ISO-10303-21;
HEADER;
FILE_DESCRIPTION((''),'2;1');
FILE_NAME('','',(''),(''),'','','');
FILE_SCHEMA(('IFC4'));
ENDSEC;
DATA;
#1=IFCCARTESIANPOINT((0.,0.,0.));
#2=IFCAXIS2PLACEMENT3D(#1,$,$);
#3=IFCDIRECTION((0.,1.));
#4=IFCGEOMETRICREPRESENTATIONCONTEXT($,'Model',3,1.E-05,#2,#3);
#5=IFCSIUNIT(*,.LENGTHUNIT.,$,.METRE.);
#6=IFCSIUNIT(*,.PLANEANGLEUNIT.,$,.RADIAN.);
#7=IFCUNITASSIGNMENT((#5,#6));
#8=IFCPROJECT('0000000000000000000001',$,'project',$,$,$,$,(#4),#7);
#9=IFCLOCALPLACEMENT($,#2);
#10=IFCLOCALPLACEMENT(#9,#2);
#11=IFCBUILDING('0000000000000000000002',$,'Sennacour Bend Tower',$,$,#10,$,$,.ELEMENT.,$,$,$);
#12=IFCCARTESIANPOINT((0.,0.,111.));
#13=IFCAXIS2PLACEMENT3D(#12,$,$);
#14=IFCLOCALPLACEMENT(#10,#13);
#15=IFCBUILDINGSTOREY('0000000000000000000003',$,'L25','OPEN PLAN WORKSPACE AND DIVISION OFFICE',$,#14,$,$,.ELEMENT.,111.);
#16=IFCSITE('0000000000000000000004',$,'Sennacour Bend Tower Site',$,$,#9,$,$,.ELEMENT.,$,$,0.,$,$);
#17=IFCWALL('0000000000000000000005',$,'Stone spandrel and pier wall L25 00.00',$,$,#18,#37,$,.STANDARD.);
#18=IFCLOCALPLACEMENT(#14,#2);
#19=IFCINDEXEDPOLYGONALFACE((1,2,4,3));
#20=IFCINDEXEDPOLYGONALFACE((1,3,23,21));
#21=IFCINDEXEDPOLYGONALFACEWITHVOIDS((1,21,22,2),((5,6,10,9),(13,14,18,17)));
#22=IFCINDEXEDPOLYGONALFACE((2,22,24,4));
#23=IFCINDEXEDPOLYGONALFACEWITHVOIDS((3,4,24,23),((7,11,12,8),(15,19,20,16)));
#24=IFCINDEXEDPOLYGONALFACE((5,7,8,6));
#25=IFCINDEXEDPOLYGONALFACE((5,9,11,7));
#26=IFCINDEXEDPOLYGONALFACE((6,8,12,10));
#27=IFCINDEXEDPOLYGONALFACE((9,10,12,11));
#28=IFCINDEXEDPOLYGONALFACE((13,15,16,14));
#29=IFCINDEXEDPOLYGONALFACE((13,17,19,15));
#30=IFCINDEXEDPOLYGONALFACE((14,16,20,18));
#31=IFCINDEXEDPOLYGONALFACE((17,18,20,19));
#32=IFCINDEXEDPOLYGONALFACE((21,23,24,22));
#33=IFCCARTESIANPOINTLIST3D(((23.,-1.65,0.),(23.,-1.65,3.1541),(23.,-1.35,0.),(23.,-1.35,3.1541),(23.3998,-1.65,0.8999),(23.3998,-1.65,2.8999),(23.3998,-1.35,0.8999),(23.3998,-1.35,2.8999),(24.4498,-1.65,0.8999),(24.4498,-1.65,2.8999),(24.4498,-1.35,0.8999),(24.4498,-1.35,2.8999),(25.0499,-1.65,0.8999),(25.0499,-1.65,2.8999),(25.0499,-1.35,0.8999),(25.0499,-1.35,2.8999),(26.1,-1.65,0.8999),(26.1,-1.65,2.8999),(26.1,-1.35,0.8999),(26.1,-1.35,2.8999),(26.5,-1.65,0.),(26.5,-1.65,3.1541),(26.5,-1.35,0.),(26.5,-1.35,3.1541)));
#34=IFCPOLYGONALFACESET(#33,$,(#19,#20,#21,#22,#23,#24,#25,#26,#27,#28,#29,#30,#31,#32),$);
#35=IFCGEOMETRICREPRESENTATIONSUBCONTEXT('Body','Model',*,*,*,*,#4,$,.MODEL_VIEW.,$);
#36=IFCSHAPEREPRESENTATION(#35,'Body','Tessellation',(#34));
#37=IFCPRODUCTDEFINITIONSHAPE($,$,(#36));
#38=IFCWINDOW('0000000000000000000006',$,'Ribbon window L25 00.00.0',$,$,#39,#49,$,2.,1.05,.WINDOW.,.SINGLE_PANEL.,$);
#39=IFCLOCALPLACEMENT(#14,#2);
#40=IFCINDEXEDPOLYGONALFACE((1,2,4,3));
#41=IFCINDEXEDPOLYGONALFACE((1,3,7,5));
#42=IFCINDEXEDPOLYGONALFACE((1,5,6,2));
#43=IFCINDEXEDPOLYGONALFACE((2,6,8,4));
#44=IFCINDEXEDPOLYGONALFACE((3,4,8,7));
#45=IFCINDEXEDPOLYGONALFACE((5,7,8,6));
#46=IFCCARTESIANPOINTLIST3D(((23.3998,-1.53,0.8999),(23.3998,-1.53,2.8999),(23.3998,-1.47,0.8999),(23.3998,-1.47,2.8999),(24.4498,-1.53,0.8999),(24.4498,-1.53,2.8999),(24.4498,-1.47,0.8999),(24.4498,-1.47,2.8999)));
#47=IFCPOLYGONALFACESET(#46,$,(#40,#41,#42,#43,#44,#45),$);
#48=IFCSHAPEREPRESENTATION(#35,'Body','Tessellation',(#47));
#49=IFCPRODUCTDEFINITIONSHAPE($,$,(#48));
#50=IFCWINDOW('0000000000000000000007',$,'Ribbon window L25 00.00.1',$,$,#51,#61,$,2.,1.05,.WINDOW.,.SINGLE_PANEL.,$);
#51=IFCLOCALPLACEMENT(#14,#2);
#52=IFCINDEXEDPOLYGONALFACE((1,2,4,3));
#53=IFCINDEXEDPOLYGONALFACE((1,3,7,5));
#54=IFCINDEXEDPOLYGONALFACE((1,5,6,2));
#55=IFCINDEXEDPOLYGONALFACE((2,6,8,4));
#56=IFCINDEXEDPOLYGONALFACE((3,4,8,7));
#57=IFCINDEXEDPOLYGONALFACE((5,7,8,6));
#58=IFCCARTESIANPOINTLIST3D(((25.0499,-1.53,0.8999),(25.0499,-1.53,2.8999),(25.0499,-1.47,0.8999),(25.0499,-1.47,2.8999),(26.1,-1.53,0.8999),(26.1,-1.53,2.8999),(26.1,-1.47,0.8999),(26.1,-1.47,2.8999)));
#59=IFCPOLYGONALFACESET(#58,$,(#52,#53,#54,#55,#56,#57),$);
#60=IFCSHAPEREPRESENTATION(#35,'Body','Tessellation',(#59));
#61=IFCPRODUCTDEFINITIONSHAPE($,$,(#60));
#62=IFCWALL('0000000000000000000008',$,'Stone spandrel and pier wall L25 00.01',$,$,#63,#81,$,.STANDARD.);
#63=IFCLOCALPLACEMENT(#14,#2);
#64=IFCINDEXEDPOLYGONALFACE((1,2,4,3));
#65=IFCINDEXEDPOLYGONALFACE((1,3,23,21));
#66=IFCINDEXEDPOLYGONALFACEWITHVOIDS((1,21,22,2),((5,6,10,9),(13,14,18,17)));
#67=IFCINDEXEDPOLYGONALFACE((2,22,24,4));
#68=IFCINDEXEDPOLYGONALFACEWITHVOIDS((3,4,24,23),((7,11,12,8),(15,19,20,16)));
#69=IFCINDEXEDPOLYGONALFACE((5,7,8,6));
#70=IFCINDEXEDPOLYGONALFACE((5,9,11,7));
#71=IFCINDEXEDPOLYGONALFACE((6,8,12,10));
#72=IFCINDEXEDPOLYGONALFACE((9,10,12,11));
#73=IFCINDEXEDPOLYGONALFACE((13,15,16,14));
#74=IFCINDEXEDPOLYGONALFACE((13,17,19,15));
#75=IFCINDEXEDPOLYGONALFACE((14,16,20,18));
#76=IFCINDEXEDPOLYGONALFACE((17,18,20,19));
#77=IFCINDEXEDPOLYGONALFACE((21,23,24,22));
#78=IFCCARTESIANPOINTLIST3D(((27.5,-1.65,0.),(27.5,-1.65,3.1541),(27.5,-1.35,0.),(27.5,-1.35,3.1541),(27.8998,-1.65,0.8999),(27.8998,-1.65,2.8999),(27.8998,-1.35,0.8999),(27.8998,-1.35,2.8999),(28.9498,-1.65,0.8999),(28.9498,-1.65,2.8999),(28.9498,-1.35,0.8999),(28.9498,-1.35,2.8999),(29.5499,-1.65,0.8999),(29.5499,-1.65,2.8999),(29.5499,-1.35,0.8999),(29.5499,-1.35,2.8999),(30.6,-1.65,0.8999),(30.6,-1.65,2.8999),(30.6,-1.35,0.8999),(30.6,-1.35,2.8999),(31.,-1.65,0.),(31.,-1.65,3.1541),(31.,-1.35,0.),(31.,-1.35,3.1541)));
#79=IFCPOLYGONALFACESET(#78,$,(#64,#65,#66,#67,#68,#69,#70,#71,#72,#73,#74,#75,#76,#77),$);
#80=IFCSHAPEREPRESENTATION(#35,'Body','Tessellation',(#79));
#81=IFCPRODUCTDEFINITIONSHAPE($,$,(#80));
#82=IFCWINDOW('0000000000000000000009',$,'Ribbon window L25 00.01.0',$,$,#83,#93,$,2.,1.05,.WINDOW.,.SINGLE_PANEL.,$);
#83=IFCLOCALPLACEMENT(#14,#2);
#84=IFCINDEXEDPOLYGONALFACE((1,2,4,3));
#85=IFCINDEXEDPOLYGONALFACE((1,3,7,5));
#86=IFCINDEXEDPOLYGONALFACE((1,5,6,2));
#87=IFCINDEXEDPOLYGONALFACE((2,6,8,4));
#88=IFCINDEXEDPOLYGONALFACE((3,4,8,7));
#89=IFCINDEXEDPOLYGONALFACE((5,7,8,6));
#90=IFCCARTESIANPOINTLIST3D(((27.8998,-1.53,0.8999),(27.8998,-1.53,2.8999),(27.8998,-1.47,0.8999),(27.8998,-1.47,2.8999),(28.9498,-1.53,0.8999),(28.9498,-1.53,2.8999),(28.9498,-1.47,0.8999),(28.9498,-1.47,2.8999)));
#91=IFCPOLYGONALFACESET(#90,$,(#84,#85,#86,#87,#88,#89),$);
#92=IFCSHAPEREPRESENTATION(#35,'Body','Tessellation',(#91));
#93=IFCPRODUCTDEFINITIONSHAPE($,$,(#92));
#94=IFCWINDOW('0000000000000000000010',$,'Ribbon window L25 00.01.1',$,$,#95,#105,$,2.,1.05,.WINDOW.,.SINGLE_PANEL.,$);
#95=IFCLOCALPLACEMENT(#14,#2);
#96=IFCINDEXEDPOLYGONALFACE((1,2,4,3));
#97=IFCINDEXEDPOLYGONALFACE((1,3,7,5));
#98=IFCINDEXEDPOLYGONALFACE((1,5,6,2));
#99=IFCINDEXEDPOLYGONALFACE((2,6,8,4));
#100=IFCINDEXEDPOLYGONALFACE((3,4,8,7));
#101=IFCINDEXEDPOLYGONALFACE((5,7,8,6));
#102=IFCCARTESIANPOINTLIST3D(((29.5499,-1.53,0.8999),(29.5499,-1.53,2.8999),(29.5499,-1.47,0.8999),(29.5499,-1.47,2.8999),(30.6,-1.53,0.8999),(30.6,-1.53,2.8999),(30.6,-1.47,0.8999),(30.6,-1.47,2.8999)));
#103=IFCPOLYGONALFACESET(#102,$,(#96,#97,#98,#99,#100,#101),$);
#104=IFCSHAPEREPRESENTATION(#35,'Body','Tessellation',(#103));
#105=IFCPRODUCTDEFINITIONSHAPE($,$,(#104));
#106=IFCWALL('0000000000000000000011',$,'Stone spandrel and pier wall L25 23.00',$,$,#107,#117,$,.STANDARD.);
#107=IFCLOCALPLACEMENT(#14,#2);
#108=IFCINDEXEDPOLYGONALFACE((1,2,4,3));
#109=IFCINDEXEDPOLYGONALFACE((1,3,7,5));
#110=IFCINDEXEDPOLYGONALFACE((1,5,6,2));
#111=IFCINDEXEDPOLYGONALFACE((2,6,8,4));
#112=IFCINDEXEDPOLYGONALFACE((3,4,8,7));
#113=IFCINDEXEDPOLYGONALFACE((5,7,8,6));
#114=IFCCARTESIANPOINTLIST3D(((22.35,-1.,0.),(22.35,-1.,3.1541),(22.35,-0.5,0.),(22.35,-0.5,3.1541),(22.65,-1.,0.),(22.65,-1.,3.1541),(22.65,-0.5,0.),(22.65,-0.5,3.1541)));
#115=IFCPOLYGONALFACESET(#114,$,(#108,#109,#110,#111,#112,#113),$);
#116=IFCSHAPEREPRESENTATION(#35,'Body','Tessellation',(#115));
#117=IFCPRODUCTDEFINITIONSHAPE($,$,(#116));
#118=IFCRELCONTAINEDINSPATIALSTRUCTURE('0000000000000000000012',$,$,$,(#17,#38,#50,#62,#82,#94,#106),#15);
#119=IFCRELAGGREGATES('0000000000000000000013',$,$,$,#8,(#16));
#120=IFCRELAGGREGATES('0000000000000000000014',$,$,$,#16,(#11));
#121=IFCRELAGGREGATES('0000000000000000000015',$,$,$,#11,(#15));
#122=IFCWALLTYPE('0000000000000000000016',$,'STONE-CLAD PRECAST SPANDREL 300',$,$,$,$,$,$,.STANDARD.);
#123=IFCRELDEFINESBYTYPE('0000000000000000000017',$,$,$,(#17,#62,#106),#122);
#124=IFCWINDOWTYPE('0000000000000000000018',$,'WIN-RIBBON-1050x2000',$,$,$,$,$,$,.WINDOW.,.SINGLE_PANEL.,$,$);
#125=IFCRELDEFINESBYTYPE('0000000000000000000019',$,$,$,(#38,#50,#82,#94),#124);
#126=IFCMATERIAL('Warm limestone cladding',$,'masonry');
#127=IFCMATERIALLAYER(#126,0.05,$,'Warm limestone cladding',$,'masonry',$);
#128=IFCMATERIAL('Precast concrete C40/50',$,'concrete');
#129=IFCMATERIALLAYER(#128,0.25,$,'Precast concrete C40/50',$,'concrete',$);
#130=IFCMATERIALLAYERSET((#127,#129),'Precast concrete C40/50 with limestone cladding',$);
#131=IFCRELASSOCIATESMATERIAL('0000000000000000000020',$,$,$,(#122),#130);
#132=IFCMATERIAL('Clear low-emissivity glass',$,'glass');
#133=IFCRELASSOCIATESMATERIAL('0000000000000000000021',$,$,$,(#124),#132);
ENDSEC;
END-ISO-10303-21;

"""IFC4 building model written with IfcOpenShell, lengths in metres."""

from ifc_helpers import new_model, si_unit, direction, frame, frame_2d, origin, place, context, subcontext, project, spatial, rectangle, extrude, material, layer, layer_set, type_object, element, fill, save


model = new_model("IFC4")

# Units and contexts
model_context = context("Model", 3, precision=1e-05, world=origin(), true_north=direction((0.0, 1.0)))
body_context = subcontext(model_context, "Body", "Model", "MODEL_VIEW")
ifc_project = project(units=[si_unit("LENGTHUNIT", "METRE"), si_unit("PLANEANGLEUNIT", "RADIAN")], contexts=[model_context])

# Site, building, storey
site_placement = place(None, origin())
site = spatial("IfcSite", under=ifc_project, at=site_placement, Name="Sennacour Bend Tower Site", CompositionType="ELEMENT", RefElevation=0.0)
building_placement = place(site_placement, origin())
building = spatial("IfcBuilding", under=site, at=building_placement, Name="Sennacour Bend Tower", CompositionType="ELEMENT")
storey_placement = place(building_placement, frame((0.0, 0.0, 111.0)))
storey = spatial("IfcBuildingStorey", under=building, at=storey_placement, Name="L25", Description="OPEN PLAN WORKSPACE AND DIVISION OFFICE", CompositionType="ELEMENT", Elevation=111.0)

# Walls, openings, windows
ifc_material_1 = material(Name="Warm limestone cladding", Category="masonry")
ifc_layer_1 = layer(ifc_material_1, 0.05, Name="Warm limestone cladding", Category="masonry")
ifc_material_2 = material(Name="Precast concrete C40/50", Category="concrete")
ifc_layer_2 = layer(ifc_material_2, 0.25, Name="Precast concrete C40/50", Category="concrete")
ifc_layer_set_1 = layer_set([ifc_layer_1, ifc_layer_2], Name="Precast concrete C40/50 with limestone cladding")
wall_type_1 = type_object("IfcWallType", Name="STONE-CLAD PRECAST SPANDREL 300", PredefinedType="STANDARD", material=ifc_layer_set_1)
wall_1_placement = place(storey_placement, frame((23.0, -1.5, 0.0), z_axis=(0.0, 0.0, 1.0), x_axis=(1.0, 0.0, 0.0)))
wall_1 = element("IfcWall", 1, at=wall_1_placement, inside=storey, type_object=wall_type_1, Name="Stone spandrel and pier wall L25 00.00", PredefinedType="STANDARD", context=body_context, shape_type="SweptSolid", body=[
    extrude(rectangle(XDim=3.5, YDim=0.3, at=frame_2d((1.75, 0.0))), origin(), (0.0, 0.0, 1.0), 3.1541),
])
opening_1_placement = place(wall_1_placement, frame((0.3999, 0.0, 0.8999)))
opening_1 = element("IfcOpeningElement", 2, at=opening_1_placement, cuts=wall_1, PredefinedType="OPENING", context=body_context, shape_type="SweptSolid", body=[
    extrude(rectangle(XDim=1.05, YDim=2.0, at=frame_2d((0.5249, 1.0))), frame((0.0, 0.1602, 0.0), z_axis=(0.0, -1.0, 0.0), x_axis=(1.0, 0.0, 0.0)), (0.0, 0.0, 1.0), 0.3201),
])
opening_2_placement = place(wall_1_placement, frame((2.05, 0.0, 0.8999)))
opening_2 = element("IfcOpeningElement", 3, at=opening_2_placement, cuts=wall_1, PredefinedType="OPENING", context=body_context, shape_type="SweptSolid", body=[
    extrude(rectangle(XDim=1.05, YDim=2.0, at=frame_2d((0.5249, 1.0))), frame((0.0, 0.1602, 0.0), z_axis=(0.0, -1.0, 0.0), x_axis=(1.0, 0.0, 0.0)), (0.0, 0.0, 1.0), 0.3201),
])
ifc_material_3 = material(Name="Clear low-emissivity glass", Category="glass")
window_type = type_object("IfcWindowType", Name="WIN-RIBBON-1050x2000", PartitioningType="SINGLE_PANEL", PredefinedType="WINDOW", material=ifc_material_3)
window_1_placement = place(opening_1_placement, origin())
window_1 = element("IfcWindow", 4, at=window_1_placement, inside=storey, type_object=window_type, Name="Ribbon window L25 00.00.0", OverallHeight=2.0, OverallWidth=1.05, PartitioningType="SINGLE_PANEL", PredefinedType="WINDOW", context=body_context, shape_type="SweptSolid", body=[
    extrude(rectangle(XDim=1.05, YDim=2.0, at=frame_2d((0.5249, 1.0))), frame((0.0, 0.03, 0.0), z_axis=(0.0, -1.0, 0.0), x_axis=(1.0, 0.0, 0.0)), (0.0, 0.0, 1.0), 0.0601),
])
fill(opening_1, window_1)
window_2_placement = place(opening_2_placement, origin())
window_2 = element("IfcWindow", 5, at=window_2_placement, inside=storey, type_object=window_type, Name="Ribbon window L25 00.00.1", OverallHeight=2.0, OverallWidth=1.05, PartitioningType="SINGLE_PANEL", PredefinedType="WINDOW", context=body_context, shape_type="SweptSolid", body=[
    extrude(rectangle(XDim=1.05, YDim=2.0, at=frame_2d((0.5249, 1.0))), frame((0.0, 0.03, 0.0), z_axis=(0.0, -1.0, 0.0), x_axis=(1.0, 0.0, 0.0)), (0.0, 0.0, 1.0), 0.0601),
])
fill(opening_2, window_2)
wall_2_placement = place(storey_placement, frame((27.5, -1.5, 0.0), z_axis=(0.0, 0.0, 1.0), x_axis=(1.0, 0.0, 0.0)))
wall_2 = element("IfcWall", 6, at=wall_2_placement, inside=storey, type_object=wall_type_1, Name="Stone spandrel and pier wall L25 00.01", PredefinedType="STANDARD", context=body_context, shape_type="SweptSolid", body=[
    extrude(rectangle(XDim=3.5, YDim=0.3, at=frame_2d((1.75, 0.0))), origin(), (0.0, 0.0, 1.0), 3.1541),
])
opening_3_placement = place(wall_2_placement, frame((0.3999, 0.0, 0.8999)))
opening_3 = element("IfcOpeningElement", 7, at=opening_3_placement, cuts=wall_2, PredefinedType="OPENING", context=body_context, shape_type="SweptSolid", body=[
    extrude(rectangle(XDim=1.05, YDim=2.0, at=frame_2d((0.5249, 1.0))), frame((0.0, 0.1602, 0.0), z_axis=(0.0, -1.0, 0.0), x_axis=(1.0, 0.0, 0.0)), (0.0, 0.0, 1.0), 0.3201),
])
opening_4_placement = place(wall_2_placement, frame((2.05, 0.0, 0.8999)))
opening_4 = element("IfcOpeningElement", 8, at=opening_4_placement, cuts=wall_2, PredefinedType="OPENING", context=body_context, shape_type="SweptSolid", body=[
    extrude(rectangle(XDim=1.05, YDim=2.0, at=frame_2d((0.5249, 1.0))), frame((0.0, 0.1602, 0.0), z_axis=(0.0, -1.0, 0.0), x_axis=(1.0, 0.0, 0.0)), (0.0, 0.0, 1.0), 0.3201),
])
window_3_placement = place(opening_3_placement, origin())
window_3 = element("IfcWindow", 9, at=window_3_placement, inside=storey, type_object=window_type, Name="Ribbon window L25 00.01.0", OverallHeight=2.0, OverallWidth=1.05, PartitioningType="SINGLE_PANEL", PredefinedType="WINDOW", context=body_context, shape_type="SweptSolid", body=[
    extrude(rectangle(XDim=1.05, YDim=2.0, at=frame_2d((0.5249, 1.0))), frame((0.0, 0.03, 0.0), z_axis=(0.0, -1.0, 0.0), x_axis=(1.0, 0.0, 0.0)), (0.0, 0.0, 1.0), 0.0601),
])
fill(opening_3, window_3)
window_4_placement = place(opening_4_placement, origin())
window_4 = element("IfcWindow", 10, at=window_4_placement, inside=storey, type_object=window_type, Name="Ribbon window L25 00.01.1", OverallHeight=2.0, OverallWidth=1.05, PartitioningType="SINGLE_PANEL", PredefinedType="WINDOW", context=body_context, shape_type="SweptSolid", body=[
    extrude(rectangle(XDim=1.05, YDim=2.0, at=frame_2d((0.5249, 1.0))), frame((0.0, 0.03, 0.0), z_axis=(0.0, -1.0, 0.0), x_axis=(1.0, 0.0, 0.0)), (0.0, 0.0, 1.0), 0.0601),
])
fill(opening_4, window_4)

# Wall
wall_3_placement = place(storey_placement, frame((22.5, -0.5, 0.0), z_axis=(0.0, 0.0, 1.0), x_axis=(0.0, -1.0, 0.0)))
element("IfcWall", 11, at=wall_3_placement, inside=storey, type_object=wall_type_1, Name="Stone spandrel and pier wall L25 23.00", PredefinedType="STANDARD", context=body_context, shape_type="SweptSolid", body=[
    extrude(rectangle(XDim=0.5, YDim=0.3, at=frame_2d((0.25, 0.0))), origin(), (0.0, 0.0, 1.0), 3.1541),
])

save(model, "model.ifc")
